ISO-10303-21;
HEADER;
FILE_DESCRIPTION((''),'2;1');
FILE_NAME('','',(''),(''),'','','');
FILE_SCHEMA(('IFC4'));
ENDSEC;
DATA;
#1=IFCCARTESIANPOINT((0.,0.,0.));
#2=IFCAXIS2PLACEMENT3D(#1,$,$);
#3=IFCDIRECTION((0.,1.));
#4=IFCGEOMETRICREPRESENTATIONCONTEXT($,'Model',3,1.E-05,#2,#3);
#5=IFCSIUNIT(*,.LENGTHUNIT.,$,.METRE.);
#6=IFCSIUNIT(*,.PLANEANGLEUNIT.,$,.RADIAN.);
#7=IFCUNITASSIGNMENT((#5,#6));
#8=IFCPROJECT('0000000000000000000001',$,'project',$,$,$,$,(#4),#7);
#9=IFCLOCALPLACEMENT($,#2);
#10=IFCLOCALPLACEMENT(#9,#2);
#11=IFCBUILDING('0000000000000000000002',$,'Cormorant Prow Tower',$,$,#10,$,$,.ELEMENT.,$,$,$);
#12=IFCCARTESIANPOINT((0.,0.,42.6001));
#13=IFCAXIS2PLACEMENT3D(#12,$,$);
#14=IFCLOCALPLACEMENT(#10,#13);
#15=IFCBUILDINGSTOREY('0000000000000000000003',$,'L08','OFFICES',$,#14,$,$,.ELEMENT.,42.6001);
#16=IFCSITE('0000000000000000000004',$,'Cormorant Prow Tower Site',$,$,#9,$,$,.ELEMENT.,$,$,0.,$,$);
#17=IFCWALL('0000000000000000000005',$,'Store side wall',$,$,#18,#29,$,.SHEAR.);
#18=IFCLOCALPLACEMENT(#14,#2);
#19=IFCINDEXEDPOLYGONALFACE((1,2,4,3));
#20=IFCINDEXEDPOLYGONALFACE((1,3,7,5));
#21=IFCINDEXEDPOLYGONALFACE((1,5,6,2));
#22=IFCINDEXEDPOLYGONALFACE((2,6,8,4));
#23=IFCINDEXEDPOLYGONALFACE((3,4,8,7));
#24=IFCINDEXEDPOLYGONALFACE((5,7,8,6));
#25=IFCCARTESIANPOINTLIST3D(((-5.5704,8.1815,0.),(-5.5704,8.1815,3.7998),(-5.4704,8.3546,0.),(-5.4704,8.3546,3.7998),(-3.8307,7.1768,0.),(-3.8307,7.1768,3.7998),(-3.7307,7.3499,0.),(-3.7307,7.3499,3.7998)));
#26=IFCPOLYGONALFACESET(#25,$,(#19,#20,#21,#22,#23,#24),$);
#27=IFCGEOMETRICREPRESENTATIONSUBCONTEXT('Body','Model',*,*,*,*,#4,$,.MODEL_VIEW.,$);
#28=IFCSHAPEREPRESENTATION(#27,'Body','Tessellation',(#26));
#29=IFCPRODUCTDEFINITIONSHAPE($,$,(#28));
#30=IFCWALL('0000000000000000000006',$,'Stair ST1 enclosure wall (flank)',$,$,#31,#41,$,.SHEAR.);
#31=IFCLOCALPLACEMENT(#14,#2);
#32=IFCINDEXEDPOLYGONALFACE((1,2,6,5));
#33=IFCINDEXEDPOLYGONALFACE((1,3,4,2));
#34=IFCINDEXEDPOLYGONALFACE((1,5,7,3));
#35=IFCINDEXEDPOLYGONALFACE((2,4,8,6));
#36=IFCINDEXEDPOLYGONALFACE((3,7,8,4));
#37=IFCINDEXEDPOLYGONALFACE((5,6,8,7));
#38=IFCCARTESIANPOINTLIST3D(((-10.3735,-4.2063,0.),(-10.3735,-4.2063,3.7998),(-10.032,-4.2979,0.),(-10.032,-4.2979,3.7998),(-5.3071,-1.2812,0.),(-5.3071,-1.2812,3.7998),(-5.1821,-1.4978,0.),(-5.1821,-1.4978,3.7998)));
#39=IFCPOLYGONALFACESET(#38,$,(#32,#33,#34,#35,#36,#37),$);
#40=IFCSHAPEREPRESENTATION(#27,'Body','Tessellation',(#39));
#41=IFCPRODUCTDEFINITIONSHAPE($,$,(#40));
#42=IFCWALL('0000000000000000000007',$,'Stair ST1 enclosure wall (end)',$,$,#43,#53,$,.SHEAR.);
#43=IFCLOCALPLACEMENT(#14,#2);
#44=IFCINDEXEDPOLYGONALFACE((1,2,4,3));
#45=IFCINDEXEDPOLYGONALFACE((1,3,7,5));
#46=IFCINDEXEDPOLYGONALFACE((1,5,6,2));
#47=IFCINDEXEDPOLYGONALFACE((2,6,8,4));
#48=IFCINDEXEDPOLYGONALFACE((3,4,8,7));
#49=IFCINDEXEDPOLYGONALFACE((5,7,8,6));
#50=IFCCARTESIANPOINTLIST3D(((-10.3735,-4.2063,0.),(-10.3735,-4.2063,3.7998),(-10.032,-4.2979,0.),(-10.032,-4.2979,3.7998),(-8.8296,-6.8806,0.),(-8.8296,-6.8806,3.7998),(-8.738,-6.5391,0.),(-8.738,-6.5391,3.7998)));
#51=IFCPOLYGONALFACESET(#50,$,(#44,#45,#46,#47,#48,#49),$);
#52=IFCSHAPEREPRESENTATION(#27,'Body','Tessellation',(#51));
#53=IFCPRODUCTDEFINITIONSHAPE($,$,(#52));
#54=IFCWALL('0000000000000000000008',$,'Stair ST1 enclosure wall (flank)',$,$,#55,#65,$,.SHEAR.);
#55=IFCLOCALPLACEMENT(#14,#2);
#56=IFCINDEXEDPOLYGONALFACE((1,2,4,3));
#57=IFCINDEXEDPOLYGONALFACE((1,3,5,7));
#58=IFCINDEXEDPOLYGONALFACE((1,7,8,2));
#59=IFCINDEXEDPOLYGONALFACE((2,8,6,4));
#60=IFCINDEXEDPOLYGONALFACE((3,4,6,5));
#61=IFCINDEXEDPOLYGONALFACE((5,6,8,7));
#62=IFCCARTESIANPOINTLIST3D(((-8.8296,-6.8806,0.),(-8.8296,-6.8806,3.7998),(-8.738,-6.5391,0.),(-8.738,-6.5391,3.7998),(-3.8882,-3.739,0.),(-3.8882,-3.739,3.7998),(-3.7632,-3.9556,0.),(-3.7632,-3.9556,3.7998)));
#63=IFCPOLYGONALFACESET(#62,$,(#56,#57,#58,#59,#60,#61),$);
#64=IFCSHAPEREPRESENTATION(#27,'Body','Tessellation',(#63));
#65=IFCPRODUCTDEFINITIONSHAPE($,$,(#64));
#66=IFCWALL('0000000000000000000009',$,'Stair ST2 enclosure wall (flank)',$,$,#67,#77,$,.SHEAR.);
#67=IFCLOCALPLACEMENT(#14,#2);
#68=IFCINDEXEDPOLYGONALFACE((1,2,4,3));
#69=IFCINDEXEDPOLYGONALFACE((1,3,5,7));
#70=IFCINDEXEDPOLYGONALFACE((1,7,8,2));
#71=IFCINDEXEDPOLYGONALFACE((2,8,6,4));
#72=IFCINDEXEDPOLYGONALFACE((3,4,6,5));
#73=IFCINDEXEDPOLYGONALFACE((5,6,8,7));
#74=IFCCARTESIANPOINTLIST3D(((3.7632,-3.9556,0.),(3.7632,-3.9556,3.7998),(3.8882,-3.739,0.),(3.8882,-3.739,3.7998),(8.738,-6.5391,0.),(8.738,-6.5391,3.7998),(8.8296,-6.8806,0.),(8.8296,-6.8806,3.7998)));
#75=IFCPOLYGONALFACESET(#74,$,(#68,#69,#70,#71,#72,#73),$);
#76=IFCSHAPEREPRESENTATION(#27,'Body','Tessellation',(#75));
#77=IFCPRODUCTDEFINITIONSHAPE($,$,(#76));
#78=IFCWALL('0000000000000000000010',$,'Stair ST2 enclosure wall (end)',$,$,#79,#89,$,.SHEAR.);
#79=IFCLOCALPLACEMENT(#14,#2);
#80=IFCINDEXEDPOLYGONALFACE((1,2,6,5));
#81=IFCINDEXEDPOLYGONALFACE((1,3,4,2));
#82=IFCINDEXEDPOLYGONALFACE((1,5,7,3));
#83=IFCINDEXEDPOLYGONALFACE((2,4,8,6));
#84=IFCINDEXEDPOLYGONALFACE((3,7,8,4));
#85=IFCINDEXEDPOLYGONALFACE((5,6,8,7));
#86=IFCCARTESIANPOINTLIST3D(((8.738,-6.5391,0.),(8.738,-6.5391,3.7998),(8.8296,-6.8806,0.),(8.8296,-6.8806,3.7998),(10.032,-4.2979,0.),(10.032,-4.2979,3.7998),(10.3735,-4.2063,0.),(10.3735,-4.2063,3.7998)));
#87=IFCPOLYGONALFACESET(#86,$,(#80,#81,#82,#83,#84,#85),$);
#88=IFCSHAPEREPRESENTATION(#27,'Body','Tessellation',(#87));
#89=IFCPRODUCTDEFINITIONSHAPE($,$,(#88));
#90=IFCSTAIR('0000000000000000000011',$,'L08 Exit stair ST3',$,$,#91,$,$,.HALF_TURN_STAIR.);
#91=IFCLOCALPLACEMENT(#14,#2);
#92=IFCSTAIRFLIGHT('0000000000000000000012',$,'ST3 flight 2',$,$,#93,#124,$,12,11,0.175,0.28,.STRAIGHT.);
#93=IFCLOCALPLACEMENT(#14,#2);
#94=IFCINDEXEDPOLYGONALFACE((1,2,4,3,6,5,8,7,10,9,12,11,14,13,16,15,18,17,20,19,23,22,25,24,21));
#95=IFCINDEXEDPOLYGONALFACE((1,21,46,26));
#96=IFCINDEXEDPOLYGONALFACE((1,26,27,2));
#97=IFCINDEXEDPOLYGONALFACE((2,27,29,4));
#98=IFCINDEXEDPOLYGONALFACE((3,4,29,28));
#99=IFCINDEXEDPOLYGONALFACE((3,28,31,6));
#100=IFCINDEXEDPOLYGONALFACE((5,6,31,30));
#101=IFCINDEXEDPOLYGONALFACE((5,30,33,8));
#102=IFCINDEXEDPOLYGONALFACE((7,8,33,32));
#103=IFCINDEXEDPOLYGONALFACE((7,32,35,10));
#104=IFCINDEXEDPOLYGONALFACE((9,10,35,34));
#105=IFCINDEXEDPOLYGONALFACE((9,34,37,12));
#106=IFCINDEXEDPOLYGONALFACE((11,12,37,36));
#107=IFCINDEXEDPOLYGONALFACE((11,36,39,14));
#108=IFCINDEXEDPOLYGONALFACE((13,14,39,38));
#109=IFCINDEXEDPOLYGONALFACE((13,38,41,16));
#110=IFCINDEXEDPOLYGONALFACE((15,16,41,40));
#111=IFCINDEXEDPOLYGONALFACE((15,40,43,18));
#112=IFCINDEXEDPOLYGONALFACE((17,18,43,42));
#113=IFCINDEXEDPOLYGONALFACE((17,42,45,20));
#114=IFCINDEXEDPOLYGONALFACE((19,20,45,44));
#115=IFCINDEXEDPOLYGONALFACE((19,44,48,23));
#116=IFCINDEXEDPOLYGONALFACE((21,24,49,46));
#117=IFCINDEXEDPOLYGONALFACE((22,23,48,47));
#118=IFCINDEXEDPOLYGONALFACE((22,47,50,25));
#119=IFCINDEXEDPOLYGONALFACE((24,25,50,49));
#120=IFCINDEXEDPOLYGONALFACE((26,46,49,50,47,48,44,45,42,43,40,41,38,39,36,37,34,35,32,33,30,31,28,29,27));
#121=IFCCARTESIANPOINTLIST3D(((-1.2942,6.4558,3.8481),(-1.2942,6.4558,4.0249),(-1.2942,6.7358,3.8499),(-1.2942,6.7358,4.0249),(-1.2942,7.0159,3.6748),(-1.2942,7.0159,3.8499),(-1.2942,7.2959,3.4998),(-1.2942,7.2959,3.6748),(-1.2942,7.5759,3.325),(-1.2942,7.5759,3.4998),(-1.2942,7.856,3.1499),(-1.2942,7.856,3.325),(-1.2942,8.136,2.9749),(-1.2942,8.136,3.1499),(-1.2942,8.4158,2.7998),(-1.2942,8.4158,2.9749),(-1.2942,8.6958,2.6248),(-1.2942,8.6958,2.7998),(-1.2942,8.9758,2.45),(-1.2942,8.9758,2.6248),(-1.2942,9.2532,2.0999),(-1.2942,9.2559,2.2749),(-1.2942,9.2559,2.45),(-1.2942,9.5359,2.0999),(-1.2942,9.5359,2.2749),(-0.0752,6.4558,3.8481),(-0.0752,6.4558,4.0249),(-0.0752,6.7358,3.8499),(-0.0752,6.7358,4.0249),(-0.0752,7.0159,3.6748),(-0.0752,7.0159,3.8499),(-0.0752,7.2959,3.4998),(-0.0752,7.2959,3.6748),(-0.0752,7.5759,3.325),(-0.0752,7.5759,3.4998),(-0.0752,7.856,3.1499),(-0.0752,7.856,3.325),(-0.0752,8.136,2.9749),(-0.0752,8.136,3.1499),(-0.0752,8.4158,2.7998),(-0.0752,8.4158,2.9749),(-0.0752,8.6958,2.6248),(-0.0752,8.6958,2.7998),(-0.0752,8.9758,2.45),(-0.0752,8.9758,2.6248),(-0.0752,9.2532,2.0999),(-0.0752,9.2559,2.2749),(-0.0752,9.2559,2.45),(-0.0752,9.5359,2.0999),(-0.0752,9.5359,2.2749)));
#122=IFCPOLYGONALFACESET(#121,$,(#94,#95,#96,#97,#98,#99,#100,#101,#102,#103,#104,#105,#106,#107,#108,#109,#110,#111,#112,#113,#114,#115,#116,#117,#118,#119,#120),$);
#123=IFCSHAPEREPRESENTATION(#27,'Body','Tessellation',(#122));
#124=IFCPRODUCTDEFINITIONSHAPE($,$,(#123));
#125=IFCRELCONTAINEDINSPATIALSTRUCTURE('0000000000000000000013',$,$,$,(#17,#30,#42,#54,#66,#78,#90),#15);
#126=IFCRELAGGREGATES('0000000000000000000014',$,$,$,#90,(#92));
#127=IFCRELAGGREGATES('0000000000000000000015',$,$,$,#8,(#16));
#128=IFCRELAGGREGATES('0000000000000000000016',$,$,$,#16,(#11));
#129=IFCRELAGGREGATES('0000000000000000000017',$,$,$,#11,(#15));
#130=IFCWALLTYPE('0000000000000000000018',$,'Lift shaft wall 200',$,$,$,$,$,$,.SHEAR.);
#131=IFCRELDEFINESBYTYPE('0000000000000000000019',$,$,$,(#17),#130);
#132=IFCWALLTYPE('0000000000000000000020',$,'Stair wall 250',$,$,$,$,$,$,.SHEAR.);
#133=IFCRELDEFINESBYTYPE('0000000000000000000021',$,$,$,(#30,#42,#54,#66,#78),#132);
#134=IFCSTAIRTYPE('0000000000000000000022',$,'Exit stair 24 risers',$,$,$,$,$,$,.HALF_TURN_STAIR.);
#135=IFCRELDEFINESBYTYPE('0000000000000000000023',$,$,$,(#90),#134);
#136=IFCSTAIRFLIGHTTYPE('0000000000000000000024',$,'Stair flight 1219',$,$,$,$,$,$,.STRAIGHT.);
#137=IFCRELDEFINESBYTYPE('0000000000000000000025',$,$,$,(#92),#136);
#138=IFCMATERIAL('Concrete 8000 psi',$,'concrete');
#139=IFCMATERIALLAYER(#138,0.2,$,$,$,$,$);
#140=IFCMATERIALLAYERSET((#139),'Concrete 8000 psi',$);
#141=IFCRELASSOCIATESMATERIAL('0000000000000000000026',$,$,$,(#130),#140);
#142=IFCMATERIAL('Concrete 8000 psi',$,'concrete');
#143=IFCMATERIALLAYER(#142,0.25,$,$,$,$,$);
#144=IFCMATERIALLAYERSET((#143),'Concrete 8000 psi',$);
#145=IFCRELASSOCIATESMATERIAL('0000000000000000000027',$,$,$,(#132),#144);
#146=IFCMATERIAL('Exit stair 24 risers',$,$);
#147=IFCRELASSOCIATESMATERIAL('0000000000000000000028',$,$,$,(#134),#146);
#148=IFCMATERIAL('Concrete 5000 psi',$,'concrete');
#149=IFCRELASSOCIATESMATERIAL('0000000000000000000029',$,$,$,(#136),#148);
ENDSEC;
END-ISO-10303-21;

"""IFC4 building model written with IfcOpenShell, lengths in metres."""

from ifc_helpers import new_model, si_unit, direction, frame, frame_2d, origin, place, context, subcontext, project, spatial, polyline, rectangle, outline, extrude, material, layer, layer_set, type_object, element, aggregate, save


model = new_model("IFC4")

# Units and contexts
model_context = context("Model", 3, precision=1e-05, world=origin(), true_north=direction((0.0, 1.0)))
body_context = subcontext(model_context, "Body", "Model", "MODEL_VIEW")
ifc_project = project(units=[si_unit("LENGTHUNIT", "METRE"), si_unit("PLANEANGLEUNIT", "RADIAN")], contexts=[model_context])

# Site, building, storey
site_placement = place(None, origin())
site = spatial("IfcSite", under=ifc_project, at=site_placement, Name="Cormorant Prow Tower Site", CompositionType="ELEMENT", RefElevation=0.0)
building_placement = place(site_placement, origin())
building = spatial("IfcBuilding", under=site, at=building_placement, Name="Cormorant Prow Tower", CompositionType="ELEMENT")
storey_placement = place(building_placement, frame((0.0, 0.0, 42.6001)))
storey = spatial("IfcBuildingStorey", under=building, at=storey_placement, Name="L08", Description="OFFICES", CompositionType="ELEMENT", Elevation=42.6001)

# Walls
ifc_material_1 = material(Name="Concrete 8000 psi", Category="concrete")
ifc_layer_1 = layer(ifc_material_1, 0.2)
ifc_layer_set_1 = layer_set([ifc_layer_1], Name="Concrete 8000 psi")
wall_type_1 = type_object("IfcWallType", Name="Lift shaft wall 200", PredefinedType="SHEAR", material=ifc_layer_set_1)
wall_1_placement = place(storey_placement, frame((-3.7808, 7.2634, 0.0), z_axis=(0.0, 0.0, 1.0), x_axis=(-0.865983, 0.500073, 0.0)))
element("IfcWall", 1, at=wall_1_placement, inside=storey, type_object=wall_type_1, Name="Store side wall", PredefinedType="SHEAR", context=body_context, shape_type="SweptSolid", body=[
    extrude(rectangle(XDim=2.009, YDim=0.2, at=frame_2d((1.0044, 0.0))), origin(), (0.0, 0.0, 1.0), 3.7998),
])
ifc_material_2 = material(Name="Concrete 8000 psi", Category="concrete")
ifc_layer_2 = layer(ifc_material_2, 0.25)
ifc_layer_set_2 = layer_set([ifc_layer_2], Name="Concrete 8000 psi")
wall_type_2 = type_object("IfcWallType", Name="Stair wall 250", PredefinedType="SHEAR", material=ifc_layer_set_2)
wall_2_placement = place(storey_placement, origin())
element("IfcWall", 2, at=wall_2_placement, inside=storey, type_object=wall_type_2, Name="Stair ST1 enclosure wall (flank)", PredefinedType="SHEAR", context=body_context, shape_type="SweptSolid", body=[
    extrude(outline(polyline([(-5.3071, -1.2812), (-10.3735, -4.2063), (-10.032, -4.2979), (-5.1821, -1.4978), (-5.3071, -1.2812)])), origin(), (0.0, 0.0, 1.0), 3.7998),
])
wall_3_placement = place(storey_placement, origin())
element("IfcWall", 3, at=wall_3_placement, inside=storey, type_object=wall_type_2, Name="Stair ST1 enclosure wall (end)", PredefinedType="SHEAR", context=body_context, shape_type="SweptSolid", body=[
    extrude(outline(polyline([(-10.3735, -4.2063), (-8.8296, -6.8806), (-8.738, -6.5391), (-10.032, -4.2979), (-10.3735, -4.2063)])), origin(), (0.0, 0.0, 1.0), 3.7998),
])
wall_4_placement = place(storey_placement, origin())
element("IfcWall", 4, at=wall_4_placement, inside=storey, type_object=wall_type_2, Name="Stair ST1 enclosure wall (flank)", PredefinedType="SHEAR", context=body_context, shape_type="SweptSolid", body=[
    extrude(outline(polyline([(-8.738, -6.5391), (-8.8296, -6.8806), (-3.7632, -3.9556), (-3.8882, -3.739), (-8.738, -6.5391)])), origin(), (0.0, 0.0, 1.0), 3.7998),
])
wall_5_placement = place(storey_placement, origin())
element("IfcWall", 5, at=wall_5_placement, inside=storey, type_object=wall_type_2, Name="Stair ST2 enclosure wall (flank)", PredefinedType="SHEAR", context=body_context, shape_type="SweptSolid", body=[
    extrude(outline(polyline([(3.7632, -3.9556), (8.8296, -6.8806), (8.738, -6.5391), (3.8882, -3.739), (3.7632, -3.9556)])), origin(), (0.0, 0.0, 1.0), 3.7998),
])
wall_6_placement = place(storey_placement, origin())
element("IfcWall", 6, at=wall_6_placement, inside=storey, type_object=wall_type_2, Name="Stair ST2 enclosure wall (end)", PredefinedType="SHEAR", context=body_context, shape_type="SweptSolid", body=[
    extrude(outline(polyline([(8.8296, -6.8806), (10.3735, -4.2063), (10.032, -4.2979), (8.738, -6.5391), (8.8296, -6.8806)])), origin(), (0.0, 0.0, 1.0), 3.7998),
])

# Stair, stair flight
ifc_material_3 = material(Name="Exit stair 24 risers")
stair_type = type_object("IfcStairType", Name="Exit stair 24 risers", PredefinedType="HALF_TURN_STAIR", material=ifc_material_3)
stair_placement = place(storey_placement, origin())
stair = element("IfcStair", 7, at=stair_placement, inside=storey, type_object=stair_type, Name="L08 Exit stair ST3", PredefinedType="HALF_TURN_STAIR")
ifc_material_4 = material(Name="Concrete 5000 psi", Category="concrete")
stair_flight_type = type_object("IfcStairFlightType", Name="Stair flight 1219", PredefinedType="STRAIGHT", material=ifc_material_4)
stair_flight_placement = place(storey_placement, frame((-0.6846, 9.5359, 2.0999), z_axis=(0.0, 0.0, 1.0), x_axis=(0.0, -1.0, 0.0)))
stair_flight = element("IfcStairFlight", 8, at=stair_flight_placement, type_object=stair_flight_type, Name="ST3 flight 2", NumberOfRisers=12, NumberOfTreads=11, PredefinedType="STRAIGHT", RiserHeight=0.175, TreadLength=0.28, context=body_context, shape_type="SweptSolid", body=[
    extrude(outline(polyline([(0.0, 0.0), (0.0, 0.175), (0.28, 0.175), (0.28, 0.3501), (0.5601, 0.3501), (0.5601, 0.5249), (0.8401, 0.5249), (0.8401, 0.7), (1.1201, 0.7), (1.1201, 0.875), (1.3999, 0.875), (1.3999, 1.05), (1.6799, 1.05), (1.6799, 1.2251), (1.96, 1.2251), (1.96, 1.3999), (2.24, 1.3999), (2.24, 1.575), (2.52, 1.575), (2.52, 1.75), (2.8, 1.75), (2.8, 1.925), (3.0801, 1.925), (3.0801, 2.1001), (3.0801, 1.7483), (0.2827, 0.0), (0.0, 0.0)])), frame((0.0, 0.6094, 0.0), z_axis=(0.0, -1.0, 0.0), x_axis=(1.0, 0.0, 0.0)), (0.0, 0.0, 1.0), 1.219),
])
aggregate(stair, [stair_flight])

save(model, "model.ifc")
